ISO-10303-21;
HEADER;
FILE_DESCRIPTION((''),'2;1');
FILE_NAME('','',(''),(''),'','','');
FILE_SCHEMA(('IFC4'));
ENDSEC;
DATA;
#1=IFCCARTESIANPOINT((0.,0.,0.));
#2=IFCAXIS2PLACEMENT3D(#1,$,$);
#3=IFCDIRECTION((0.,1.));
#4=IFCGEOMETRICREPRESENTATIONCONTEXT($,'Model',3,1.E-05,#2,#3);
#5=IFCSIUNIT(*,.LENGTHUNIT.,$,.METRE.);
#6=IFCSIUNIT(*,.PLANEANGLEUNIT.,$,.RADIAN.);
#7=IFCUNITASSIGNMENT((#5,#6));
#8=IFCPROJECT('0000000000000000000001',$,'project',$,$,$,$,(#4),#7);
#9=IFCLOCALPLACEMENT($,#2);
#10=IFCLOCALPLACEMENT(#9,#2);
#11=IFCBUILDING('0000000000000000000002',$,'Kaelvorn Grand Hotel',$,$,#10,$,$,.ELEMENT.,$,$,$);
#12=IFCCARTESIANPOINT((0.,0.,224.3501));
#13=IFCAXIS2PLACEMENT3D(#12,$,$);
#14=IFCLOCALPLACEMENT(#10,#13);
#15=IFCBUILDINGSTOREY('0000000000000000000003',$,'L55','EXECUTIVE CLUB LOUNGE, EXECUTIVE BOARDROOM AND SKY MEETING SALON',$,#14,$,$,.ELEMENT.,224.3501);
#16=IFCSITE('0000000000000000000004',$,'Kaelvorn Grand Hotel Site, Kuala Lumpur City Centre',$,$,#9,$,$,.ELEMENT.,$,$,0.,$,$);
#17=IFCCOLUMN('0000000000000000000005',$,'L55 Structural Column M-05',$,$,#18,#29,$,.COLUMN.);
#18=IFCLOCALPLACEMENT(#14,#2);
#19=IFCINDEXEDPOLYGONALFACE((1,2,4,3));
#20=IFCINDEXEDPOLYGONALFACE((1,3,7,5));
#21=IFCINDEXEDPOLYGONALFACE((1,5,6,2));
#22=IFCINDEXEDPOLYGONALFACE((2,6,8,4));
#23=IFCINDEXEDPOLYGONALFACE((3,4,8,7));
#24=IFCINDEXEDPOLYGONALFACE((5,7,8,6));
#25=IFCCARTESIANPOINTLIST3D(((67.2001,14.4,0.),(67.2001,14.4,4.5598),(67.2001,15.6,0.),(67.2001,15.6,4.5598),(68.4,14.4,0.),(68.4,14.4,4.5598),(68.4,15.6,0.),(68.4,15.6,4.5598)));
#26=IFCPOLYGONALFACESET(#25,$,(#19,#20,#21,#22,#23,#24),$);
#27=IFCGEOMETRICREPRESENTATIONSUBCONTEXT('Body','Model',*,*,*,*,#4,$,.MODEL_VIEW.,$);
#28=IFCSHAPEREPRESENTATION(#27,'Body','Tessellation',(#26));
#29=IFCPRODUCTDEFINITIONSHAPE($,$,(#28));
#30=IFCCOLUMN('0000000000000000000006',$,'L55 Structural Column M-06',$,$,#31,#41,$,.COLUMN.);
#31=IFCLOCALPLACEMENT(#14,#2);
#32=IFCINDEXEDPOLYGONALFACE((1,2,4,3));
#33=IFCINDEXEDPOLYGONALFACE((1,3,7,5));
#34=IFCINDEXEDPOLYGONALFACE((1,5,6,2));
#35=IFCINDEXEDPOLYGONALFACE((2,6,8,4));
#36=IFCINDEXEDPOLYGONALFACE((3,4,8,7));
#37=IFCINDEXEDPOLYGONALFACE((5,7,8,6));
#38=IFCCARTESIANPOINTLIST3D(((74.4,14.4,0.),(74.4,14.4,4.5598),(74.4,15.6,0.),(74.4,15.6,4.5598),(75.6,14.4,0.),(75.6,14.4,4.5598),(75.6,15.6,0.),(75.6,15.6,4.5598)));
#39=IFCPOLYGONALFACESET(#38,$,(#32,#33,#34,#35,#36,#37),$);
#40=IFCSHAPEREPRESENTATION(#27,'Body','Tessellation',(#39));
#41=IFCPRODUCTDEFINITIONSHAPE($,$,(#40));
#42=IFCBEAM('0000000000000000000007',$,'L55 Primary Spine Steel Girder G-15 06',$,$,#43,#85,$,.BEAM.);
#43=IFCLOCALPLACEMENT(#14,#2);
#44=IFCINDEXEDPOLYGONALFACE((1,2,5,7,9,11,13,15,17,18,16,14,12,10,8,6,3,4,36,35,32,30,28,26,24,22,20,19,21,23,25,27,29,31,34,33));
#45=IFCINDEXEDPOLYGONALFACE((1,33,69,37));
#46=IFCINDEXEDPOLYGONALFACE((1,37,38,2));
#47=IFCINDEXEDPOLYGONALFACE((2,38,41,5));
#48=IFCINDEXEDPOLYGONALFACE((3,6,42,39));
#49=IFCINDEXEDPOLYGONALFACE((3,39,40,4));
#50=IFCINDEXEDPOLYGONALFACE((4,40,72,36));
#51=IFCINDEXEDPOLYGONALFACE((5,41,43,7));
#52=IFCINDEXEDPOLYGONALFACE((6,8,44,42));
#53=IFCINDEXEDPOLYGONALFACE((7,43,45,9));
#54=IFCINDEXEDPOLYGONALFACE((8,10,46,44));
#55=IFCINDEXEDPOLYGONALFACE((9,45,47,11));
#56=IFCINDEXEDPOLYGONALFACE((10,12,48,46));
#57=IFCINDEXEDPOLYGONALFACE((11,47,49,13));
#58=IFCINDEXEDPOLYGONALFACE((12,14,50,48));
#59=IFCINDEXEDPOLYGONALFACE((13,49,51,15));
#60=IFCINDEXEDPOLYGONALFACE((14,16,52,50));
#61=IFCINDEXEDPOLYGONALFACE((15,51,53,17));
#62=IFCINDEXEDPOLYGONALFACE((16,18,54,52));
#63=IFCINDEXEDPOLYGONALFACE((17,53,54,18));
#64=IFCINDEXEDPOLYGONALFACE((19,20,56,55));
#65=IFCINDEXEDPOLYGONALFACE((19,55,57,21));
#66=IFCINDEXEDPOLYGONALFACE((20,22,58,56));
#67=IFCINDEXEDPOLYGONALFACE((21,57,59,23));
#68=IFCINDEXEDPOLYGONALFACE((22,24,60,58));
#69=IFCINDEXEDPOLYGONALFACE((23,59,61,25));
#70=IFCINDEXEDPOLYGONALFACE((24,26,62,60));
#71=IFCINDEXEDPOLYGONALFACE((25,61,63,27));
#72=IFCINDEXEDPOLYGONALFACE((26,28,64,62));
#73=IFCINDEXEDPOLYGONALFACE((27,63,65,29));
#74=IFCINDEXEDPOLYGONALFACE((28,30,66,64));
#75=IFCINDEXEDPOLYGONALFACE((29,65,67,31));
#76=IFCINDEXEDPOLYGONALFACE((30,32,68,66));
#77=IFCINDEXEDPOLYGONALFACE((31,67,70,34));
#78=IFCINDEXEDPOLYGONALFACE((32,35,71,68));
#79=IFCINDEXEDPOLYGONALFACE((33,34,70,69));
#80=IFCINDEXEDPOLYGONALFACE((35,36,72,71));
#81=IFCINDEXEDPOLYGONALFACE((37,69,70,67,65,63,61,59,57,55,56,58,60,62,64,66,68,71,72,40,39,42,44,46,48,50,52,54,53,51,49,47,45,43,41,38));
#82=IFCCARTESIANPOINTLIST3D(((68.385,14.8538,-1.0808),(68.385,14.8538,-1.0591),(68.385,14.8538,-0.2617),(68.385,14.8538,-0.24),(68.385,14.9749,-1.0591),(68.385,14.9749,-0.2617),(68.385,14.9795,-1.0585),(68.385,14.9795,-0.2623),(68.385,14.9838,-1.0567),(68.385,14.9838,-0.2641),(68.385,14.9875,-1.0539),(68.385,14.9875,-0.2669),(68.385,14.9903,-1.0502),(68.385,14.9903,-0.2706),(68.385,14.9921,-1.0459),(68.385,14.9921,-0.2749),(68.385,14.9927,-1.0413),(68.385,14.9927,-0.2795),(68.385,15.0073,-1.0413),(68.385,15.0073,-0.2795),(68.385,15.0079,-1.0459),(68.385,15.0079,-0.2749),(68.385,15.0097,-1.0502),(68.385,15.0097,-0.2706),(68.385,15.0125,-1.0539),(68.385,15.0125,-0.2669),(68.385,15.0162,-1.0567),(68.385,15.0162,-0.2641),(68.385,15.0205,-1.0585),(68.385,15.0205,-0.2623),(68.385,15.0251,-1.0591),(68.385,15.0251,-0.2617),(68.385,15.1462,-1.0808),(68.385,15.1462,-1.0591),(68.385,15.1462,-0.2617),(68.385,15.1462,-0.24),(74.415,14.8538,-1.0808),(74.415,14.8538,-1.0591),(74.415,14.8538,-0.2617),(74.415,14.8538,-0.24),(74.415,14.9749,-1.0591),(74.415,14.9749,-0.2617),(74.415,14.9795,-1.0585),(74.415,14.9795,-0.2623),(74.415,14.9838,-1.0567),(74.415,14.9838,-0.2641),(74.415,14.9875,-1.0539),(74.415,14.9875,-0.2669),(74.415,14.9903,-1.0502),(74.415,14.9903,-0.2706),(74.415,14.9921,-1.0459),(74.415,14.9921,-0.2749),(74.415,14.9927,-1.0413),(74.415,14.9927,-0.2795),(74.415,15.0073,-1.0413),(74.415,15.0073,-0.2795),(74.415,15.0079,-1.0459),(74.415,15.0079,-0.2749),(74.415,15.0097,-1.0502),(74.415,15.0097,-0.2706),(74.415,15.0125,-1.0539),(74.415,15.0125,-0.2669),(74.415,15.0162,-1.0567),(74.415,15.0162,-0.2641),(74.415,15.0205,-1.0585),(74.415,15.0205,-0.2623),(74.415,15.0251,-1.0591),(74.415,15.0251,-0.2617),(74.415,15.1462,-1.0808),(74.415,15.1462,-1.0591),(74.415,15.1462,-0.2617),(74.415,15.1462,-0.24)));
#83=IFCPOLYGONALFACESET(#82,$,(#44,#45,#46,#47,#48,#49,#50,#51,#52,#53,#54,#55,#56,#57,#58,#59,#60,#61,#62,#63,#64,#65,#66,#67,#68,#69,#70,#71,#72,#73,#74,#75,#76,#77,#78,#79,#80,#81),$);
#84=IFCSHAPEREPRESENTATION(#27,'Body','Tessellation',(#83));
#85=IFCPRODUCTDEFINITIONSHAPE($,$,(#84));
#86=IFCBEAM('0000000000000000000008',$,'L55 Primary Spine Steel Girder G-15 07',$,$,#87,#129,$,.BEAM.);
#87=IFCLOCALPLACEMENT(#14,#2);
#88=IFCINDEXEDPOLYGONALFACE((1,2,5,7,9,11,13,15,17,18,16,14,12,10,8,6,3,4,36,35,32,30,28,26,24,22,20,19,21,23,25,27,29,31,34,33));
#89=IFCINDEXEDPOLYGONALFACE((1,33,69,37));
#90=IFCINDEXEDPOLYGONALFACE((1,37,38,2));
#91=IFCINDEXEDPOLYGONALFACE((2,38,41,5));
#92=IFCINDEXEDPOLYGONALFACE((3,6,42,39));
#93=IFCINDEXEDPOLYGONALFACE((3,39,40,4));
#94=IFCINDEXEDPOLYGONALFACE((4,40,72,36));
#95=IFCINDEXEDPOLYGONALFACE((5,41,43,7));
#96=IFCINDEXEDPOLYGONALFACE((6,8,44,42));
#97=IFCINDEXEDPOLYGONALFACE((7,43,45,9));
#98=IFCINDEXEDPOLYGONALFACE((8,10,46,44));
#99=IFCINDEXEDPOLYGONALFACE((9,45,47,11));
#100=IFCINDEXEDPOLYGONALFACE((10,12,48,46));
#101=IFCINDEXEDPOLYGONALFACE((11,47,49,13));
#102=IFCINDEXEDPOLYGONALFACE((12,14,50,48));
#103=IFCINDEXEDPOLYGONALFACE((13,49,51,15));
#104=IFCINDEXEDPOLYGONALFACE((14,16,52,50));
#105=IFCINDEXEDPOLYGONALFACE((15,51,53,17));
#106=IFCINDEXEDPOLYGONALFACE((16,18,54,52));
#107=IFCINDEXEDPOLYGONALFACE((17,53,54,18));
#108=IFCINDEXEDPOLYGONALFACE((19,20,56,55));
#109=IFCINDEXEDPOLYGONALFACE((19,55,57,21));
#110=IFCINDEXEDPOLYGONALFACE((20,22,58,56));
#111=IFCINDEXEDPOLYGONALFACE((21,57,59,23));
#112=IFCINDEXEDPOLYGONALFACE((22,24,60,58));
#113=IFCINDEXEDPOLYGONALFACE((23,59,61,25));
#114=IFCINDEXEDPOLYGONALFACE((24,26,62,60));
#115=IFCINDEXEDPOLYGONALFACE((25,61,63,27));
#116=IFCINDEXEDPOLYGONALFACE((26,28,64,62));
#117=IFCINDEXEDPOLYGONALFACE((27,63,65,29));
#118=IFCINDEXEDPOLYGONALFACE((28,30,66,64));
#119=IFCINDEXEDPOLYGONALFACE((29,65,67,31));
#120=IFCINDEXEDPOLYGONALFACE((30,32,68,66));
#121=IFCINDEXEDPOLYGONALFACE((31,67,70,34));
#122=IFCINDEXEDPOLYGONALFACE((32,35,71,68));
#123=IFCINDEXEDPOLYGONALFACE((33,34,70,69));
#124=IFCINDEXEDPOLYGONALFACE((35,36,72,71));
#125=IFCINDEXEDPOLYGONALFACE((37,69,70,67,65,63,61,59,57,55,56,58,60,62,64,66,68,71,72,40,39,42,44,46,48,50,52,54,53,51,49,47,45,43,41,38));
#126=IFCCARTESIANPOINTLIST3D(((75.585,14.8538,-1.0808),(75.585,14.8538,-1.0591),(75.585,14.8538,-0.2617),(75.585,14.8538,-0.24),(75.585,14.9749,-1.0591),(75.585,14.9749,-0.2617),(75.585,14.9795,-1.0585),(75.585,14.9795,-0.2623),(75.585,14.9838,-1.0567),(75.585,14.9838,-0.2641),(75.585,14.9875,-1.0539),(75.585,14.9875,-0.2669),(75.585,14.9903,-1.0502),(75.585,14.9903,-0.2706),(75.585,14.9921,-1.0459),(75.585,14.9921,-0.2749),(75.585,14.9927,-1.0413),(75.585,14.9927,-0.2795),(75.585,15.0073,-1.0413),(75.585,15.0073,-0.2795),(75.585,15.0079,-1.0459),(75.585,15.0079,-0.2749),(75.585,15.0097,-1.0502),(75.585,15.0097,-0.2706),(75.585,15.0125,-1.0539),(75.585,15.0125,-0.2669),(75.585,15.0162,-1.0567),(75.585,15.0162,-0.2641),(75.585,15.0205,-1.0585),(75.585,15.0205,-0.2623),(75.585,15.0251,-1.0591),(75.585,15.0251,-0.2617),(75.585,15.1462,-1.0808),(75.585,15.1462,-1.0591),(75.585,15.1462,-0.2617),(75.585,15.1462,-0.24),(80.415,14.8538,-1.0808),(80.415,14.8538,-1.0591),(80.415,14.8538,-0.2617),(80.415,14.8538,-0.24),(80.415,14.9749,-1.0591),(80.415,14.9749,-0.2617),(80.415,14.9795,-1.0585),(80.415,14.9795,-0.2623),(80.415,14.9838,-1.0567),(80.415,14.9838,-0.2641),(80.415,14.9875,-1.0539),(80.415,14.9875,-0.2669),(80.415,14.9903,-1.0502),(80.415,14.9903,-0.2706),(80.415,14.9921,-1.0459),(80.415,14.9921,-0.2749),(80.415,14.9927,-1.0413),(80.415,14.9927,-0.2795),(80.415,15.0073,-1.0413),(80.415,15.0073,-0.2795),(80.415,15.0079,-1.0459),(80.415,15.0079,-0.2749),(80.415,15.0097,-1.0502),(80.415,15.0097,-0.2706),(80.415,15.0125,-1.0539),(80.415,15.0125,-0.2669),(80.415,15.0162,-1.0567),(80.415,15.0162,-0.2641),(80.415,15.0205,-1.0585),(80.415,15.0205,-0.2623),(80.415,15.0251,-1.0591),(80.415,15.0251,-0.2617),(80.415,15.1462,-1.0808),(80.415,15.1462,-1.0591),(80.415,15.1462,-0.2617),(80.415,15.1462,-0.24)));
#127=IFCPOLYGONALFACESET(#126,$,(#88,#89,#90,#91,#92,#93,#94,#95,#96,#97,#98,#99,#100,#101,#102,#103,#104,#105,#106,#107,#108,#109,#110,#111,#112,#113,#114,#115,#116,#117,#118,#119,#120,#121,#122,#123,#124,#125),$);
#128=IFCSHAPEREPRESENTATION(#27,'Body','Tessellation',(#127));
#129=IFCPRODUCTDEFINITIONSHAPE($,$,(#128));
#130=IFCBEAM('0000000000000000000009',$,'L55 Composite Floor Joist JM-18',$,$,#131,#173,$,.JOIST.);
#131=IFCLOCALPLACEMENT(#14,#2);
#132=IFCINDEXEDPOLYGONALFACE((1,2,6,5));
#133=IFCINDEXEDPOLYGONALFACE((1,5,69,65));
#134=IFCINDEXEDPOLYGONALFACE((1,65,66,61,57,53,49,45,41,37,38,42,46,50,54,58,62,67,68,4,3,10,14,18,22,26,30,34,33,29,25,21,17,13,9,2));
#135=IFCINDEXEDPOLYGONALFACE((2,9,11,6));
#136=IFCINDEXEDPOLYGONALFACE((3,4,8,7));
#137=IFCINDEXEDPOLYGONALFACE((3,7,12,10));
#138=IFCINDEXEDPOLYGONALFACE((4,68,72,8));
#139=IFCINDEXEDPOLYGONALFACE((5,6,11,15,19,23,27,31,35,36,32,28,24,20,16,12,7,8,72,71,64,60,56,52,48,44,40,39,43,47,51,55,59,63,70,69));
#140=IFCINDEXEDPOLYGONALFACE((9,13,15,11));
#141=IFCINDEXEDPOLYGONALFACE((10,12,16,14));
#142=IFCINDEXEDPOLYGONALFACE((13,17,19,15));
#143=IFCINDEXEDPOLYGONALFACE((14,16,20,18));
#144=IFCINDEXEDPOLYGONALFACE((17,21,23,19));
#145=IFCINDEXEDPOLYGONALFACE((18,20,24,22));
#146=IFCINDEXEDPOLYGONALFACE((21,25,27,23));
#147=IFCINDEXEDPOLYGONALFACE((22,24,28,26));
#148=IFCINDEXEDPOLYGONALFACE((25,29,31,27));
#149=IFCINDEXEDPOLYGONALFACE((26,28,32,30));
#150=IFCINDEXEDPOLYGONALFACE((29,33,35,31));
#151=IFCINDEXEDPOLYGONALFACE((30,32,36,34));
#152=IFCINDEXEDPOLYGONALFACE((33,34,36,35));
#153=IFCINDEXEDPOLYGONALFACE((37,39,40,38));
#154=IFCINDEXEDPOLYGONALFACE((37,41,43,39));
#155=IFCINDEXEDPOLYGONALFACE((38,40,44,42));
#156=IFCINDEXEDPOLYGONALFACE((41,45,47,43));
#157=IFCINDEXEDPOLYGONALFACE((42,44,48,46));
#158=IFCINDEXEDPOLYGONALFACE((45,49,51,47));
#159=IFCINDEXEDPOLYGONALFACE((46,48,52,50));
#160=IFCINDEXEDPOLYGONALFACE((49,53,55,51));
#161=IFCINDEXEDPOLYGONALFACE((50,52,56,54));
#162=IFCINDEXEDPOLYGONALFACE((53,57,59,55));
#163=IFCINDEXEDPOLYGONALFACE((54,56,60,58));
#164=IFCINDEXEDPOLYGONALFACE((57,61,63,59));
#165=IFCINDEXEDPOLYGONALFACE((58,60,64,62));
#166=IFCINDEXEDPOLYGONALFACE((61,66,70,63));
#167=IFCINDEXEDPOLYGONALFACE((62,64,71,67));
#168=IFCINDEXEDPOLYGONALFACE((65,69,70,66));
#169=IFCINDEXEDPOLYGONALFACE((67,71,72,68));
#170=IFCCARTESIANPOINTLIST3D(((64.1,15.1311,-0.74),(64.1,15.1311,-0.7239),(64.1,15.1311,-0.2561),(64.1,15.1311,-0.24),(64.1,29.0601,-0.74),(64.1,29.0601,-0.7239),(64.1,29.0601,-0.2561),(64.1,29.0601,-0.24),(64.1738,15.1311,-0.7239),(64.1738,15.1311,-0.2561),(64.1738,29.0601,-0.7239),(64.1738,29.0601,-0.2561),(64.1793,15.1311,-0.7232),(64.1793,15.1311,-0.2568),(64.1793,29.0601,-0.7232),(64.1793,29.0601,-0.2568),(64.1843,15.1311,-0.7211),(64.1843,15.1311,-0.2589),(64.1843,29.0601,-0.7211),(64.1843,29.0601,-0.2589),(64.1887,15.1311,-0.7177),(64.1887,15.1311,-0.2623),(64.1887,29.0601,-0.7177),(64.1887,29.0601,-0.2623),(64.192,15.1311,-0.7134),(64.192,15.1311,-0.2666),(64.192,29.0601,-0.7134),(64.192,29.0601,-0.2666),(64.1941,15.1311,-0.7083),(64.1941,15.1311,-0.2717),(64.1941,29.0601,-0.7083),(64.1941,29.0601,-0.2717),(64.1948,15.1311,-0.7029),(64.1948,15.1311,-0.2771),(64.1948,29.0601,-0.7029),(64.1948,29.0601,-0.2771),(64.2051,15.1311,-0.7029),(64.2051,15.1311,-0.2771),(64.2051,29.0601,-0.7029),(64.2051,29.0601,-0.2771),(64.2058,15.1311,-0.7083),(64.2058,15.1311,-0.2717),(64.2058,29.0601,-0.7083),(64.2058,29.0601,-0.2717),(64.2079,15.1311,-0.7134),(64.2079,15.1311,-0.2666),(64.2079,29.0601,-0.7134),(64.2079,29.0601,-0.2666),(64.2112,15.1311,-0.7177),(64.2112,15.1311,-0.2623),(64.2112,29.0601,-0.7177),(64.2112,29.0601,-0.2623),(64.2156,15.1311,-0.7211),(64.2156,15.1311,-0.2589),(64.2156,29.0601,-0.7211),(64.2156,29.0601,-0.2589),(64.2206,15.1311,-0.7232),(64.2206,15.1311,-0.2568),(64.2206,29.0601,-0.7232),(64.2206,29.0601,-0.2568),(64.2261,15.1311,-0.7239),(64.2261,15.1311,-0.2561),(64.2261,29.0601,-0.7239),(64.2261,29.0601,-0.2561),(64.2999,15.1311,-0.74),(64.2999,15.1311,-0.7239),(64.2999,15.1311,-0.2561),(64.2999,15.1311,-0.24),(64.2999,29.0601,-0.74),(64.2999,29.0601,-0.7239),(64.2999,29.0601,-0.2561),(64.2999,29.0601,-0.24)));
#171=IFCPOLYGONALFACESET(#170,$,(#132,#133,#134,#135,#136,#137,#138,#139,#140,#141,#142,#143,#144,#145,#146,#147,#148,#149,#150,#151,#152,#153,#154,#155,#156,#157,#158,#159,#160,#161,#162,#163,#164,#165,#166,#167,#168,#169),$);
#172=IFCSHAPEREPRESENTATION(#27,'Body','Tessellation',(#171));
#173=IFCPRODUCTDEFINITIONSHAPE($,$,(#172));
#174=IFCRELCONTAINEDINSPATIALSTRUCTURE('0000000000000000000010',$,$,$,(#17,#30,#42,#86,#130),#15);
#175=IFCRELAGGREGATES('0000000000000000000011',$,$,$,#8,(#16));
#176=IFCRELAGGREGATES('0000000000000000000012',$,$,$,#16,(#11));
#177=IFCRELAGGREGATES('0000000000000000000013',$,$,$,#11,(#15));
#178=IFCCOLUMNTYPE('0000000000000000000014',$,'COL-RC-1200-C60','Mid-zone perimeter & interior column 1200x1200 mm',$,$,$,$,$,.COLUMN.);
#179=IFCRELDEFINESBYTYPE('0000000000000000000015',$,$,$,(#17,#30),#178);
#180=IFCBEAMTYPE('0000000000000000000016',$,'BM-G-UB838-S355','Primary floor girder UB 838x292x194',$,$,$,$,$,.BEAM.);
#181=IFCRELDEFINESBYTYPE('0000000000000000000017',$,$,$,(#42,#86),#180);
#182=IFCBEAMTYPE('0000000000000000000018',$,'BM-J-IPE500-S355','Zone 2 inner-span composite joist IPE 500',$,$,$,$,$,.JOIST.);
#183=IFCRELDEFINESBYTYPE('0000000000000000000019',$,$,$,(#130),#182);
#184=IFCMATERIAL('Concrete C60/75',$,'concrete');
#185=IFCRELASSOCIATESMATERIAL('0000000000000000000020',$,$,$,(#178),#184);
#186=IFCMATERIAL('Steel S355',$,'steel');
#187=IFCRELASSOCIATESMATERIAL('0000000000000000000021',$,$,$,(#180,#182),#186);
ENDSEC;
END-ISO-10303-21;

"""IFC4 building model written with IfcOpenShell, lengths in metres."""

from ifc_helpers import new_model, si_unit, direction, frame, origin, origin_2d, place, context, subcontext, project, spatial, rectangle, i_section, extrude, material, material_profile, profile_set, type_object, element, save


model = new_model("IFC4")

# Units and contexts
model_context = context("Model", 3, precision=1e-05, world=origin(), true_north=direction((0.0, 1.0)))
body_context = subcontext(model_context, "Body", "Model", "MODEL_VIEW")
ifc_project = project(units=[si_unit("LENGTHUNIT", "METRE"), si_unit("PLANEANGLEUNIT", "RADIAN")], contexts=[model_context])

# Site, building, storey
site_placement = place(None, origin())
site = spatial("IfcSite", under=ifc_project, at=site_placement, Name="Kaelvorn Grand Hotel Site, Kuala Lumpur City Centre", CompositionType="ELEMENT", RefElevation=0.0)
building_placement = place(site_placement, origin())
building = spatial("IfcBuilding", under=site, at=building_placement, Name="Kaelvorn Grand Hotel", CompositionType="ELEMENT")
storey_placement = place(building_placement, frame((0.0, 0.0, 224.3501)))
storey = spatial("IfcBuildingStorey", under=building, at=storey_placement, Name="L55", Description="EXECUTIVE CLUB LOUNGE, EXECUTIVE BOARDROOM AND SKY MEETING SALON", CompositionType="ELEMENT", Elevation=224.3501)

# Columns
ifc_material_1 = material(Name="Concrete C60/75", Category="concrete")
ifc_material_profile_1 = material_profile(ifc_material_1, rectangle(XDim=1.2, YDim=1.2, at=origin_2d()), Name="RC COL 1200x1200")
ifc_profile_set_1 = profile_set([ifc_material_profile_1], Name="Concrete C60/75")
column_type = type_object("IfcColumnType", Name="COL-RC-1200-C60", Description="Mid-zone perimeter & interior column 1200x1200 mm", PredefinedType="COLUMN", material=ifc_profile_set_1)
for number, where, z_axis, x_axis, name in (
    (1, (67.8, 15.0, 0.0), (0.0, 0.0, 1.0), (1.0, 0.0, 0.0), "L55 Structural Column M-05"),
    (2, (75.0, 15.0, 0.0), (0.0, 0.0, 1.0), (1.0, 0.0, 0.0), "L55 Structural Column M-06"),
):
    element("IfcColumn", number, at=place(storey_placement, frame(where, z_axis=z_axis, x_axis=x_axis)), inside=storey, type_object=column_type, Name=name, PredefinedType="COLUMN", context=body_context, shape_type="SweptSolid", body=[
        extrude(rectangle(XDim=1.2, YDim=1.2, at=origin_2d()), origin(), (0.0, 0.0, 1.0), 4.5598),
    ])

# Beams
ifc_material_2 = material(Name="Steel S355", Category="steel")
ifc_material_profile_2 = material_profile(ifc_material_2, i_section(OverallWidth=0.2925, OverallDepth=0.8408, WebThickness=0.0146, FlangeThickness=0.0217, FilletRadius=0.0178, at=origin_2d()), Name="UB 838x292x194")
ifc_profile_set_2 = profile_set([ifc_material_profile_2], Name="Steel S355")
beam_type_1 = type_object("IfcBeamType", Name="BM-G-UB838-S355", Description="Primary floor girder UB 838x292x194", PredefinedType="BEAM", material=ifc_profile_set_2)
beam_1_placement = place(storey_placement, frame((68.385, 15.0, -0.6604), z_axis=(1.0, 0.0, 0.0), x_axis=(0.0, 1.0, 0.0)))
element("IfcBeam", 3, at=beam_1_placement, inside=storey, type_object=beam_type_1, Name="L55 Primary Spine Steel Girder G-15 06", PredefinedType="BEAM", context=body_context, shape_type="SweptSolid", body=[
    extrude(i_section(OverallWidth=0.2925, OverallDepth=0.8408, WebThickness=0.0146, FlangeThickness=0.0217, FilletRadius=0.0178, at=origin_2d()), origin(), (0.0, 0.0, 1.0), 6.03),
])
beam_2_placement = place(storey_placement, frame((75.585, 15.0, -0.6604), z_axis=(1.0, 0.0, 0.0), x_axis=(0.0, 1.0, 0.0)))
element("IfcBeam", 4, at=beam_2_placement, inside=storey, type_object=beam_type_1, Name="L55 Primary Spine Steel Girder G-15 07", PredefinedType="BEAM", context=body_context, shape_type="SweptSolid", body=[
    extrude(i_section(OverallWidth=0.2925, OverallDepth=0.8408, WebThickness=0.0146, FlangeThickness=0.0217, FilletRadius=0.0178, at=origin_2d()), origin(), (0.0, 0.0, 1.0), 4.8301),
])
ifc_material_profile_3 = material_profile(ifc_material_2, i_section(OverallWidth=0.2, OverallDepth=0.5, WebThickness=0.0103, FlangeThickness=0.0161, FilletRadius=0.021, at=origin_2d()), Name="IPE 500")
ifc_profile_set_3 = profile_set([ifc_material_profile_3], Name="Steel S355")
beam_type_2 = type_object("IfcBeamType", Name="BM-J-IPE500-S355", Description="Zone 2 inner-span composite joist IPE 500", PredefinedType="JOIST", material=ifc_profile_set_3)
beam_3_placement = place(storey_placement, frame((64.2, 15.1311, -0.49), z_axis=(0.0, 1.0, 0.0), x_axis=(-1.0, 0.0, 0.0)))
element("IfcBeam", 5, at=beam_3_placement, inside=storey, type_object=beam_type_2, Name="L55 Composite Floor Joist JM-18", PredefinedType="JOIST", context=body_context, shape_type="SweptSolid", body=[
    extrude(i_section(OverallWidth=0.2, OverallDepth=0.5, WebThickness=0.0103, FlangeThickness=0.0161, FilletRadius=0.021, at=origin_2d()), origin(), (0.0, 0.0, 1.0), 13.929),
])

save(model, "model.ifc")
